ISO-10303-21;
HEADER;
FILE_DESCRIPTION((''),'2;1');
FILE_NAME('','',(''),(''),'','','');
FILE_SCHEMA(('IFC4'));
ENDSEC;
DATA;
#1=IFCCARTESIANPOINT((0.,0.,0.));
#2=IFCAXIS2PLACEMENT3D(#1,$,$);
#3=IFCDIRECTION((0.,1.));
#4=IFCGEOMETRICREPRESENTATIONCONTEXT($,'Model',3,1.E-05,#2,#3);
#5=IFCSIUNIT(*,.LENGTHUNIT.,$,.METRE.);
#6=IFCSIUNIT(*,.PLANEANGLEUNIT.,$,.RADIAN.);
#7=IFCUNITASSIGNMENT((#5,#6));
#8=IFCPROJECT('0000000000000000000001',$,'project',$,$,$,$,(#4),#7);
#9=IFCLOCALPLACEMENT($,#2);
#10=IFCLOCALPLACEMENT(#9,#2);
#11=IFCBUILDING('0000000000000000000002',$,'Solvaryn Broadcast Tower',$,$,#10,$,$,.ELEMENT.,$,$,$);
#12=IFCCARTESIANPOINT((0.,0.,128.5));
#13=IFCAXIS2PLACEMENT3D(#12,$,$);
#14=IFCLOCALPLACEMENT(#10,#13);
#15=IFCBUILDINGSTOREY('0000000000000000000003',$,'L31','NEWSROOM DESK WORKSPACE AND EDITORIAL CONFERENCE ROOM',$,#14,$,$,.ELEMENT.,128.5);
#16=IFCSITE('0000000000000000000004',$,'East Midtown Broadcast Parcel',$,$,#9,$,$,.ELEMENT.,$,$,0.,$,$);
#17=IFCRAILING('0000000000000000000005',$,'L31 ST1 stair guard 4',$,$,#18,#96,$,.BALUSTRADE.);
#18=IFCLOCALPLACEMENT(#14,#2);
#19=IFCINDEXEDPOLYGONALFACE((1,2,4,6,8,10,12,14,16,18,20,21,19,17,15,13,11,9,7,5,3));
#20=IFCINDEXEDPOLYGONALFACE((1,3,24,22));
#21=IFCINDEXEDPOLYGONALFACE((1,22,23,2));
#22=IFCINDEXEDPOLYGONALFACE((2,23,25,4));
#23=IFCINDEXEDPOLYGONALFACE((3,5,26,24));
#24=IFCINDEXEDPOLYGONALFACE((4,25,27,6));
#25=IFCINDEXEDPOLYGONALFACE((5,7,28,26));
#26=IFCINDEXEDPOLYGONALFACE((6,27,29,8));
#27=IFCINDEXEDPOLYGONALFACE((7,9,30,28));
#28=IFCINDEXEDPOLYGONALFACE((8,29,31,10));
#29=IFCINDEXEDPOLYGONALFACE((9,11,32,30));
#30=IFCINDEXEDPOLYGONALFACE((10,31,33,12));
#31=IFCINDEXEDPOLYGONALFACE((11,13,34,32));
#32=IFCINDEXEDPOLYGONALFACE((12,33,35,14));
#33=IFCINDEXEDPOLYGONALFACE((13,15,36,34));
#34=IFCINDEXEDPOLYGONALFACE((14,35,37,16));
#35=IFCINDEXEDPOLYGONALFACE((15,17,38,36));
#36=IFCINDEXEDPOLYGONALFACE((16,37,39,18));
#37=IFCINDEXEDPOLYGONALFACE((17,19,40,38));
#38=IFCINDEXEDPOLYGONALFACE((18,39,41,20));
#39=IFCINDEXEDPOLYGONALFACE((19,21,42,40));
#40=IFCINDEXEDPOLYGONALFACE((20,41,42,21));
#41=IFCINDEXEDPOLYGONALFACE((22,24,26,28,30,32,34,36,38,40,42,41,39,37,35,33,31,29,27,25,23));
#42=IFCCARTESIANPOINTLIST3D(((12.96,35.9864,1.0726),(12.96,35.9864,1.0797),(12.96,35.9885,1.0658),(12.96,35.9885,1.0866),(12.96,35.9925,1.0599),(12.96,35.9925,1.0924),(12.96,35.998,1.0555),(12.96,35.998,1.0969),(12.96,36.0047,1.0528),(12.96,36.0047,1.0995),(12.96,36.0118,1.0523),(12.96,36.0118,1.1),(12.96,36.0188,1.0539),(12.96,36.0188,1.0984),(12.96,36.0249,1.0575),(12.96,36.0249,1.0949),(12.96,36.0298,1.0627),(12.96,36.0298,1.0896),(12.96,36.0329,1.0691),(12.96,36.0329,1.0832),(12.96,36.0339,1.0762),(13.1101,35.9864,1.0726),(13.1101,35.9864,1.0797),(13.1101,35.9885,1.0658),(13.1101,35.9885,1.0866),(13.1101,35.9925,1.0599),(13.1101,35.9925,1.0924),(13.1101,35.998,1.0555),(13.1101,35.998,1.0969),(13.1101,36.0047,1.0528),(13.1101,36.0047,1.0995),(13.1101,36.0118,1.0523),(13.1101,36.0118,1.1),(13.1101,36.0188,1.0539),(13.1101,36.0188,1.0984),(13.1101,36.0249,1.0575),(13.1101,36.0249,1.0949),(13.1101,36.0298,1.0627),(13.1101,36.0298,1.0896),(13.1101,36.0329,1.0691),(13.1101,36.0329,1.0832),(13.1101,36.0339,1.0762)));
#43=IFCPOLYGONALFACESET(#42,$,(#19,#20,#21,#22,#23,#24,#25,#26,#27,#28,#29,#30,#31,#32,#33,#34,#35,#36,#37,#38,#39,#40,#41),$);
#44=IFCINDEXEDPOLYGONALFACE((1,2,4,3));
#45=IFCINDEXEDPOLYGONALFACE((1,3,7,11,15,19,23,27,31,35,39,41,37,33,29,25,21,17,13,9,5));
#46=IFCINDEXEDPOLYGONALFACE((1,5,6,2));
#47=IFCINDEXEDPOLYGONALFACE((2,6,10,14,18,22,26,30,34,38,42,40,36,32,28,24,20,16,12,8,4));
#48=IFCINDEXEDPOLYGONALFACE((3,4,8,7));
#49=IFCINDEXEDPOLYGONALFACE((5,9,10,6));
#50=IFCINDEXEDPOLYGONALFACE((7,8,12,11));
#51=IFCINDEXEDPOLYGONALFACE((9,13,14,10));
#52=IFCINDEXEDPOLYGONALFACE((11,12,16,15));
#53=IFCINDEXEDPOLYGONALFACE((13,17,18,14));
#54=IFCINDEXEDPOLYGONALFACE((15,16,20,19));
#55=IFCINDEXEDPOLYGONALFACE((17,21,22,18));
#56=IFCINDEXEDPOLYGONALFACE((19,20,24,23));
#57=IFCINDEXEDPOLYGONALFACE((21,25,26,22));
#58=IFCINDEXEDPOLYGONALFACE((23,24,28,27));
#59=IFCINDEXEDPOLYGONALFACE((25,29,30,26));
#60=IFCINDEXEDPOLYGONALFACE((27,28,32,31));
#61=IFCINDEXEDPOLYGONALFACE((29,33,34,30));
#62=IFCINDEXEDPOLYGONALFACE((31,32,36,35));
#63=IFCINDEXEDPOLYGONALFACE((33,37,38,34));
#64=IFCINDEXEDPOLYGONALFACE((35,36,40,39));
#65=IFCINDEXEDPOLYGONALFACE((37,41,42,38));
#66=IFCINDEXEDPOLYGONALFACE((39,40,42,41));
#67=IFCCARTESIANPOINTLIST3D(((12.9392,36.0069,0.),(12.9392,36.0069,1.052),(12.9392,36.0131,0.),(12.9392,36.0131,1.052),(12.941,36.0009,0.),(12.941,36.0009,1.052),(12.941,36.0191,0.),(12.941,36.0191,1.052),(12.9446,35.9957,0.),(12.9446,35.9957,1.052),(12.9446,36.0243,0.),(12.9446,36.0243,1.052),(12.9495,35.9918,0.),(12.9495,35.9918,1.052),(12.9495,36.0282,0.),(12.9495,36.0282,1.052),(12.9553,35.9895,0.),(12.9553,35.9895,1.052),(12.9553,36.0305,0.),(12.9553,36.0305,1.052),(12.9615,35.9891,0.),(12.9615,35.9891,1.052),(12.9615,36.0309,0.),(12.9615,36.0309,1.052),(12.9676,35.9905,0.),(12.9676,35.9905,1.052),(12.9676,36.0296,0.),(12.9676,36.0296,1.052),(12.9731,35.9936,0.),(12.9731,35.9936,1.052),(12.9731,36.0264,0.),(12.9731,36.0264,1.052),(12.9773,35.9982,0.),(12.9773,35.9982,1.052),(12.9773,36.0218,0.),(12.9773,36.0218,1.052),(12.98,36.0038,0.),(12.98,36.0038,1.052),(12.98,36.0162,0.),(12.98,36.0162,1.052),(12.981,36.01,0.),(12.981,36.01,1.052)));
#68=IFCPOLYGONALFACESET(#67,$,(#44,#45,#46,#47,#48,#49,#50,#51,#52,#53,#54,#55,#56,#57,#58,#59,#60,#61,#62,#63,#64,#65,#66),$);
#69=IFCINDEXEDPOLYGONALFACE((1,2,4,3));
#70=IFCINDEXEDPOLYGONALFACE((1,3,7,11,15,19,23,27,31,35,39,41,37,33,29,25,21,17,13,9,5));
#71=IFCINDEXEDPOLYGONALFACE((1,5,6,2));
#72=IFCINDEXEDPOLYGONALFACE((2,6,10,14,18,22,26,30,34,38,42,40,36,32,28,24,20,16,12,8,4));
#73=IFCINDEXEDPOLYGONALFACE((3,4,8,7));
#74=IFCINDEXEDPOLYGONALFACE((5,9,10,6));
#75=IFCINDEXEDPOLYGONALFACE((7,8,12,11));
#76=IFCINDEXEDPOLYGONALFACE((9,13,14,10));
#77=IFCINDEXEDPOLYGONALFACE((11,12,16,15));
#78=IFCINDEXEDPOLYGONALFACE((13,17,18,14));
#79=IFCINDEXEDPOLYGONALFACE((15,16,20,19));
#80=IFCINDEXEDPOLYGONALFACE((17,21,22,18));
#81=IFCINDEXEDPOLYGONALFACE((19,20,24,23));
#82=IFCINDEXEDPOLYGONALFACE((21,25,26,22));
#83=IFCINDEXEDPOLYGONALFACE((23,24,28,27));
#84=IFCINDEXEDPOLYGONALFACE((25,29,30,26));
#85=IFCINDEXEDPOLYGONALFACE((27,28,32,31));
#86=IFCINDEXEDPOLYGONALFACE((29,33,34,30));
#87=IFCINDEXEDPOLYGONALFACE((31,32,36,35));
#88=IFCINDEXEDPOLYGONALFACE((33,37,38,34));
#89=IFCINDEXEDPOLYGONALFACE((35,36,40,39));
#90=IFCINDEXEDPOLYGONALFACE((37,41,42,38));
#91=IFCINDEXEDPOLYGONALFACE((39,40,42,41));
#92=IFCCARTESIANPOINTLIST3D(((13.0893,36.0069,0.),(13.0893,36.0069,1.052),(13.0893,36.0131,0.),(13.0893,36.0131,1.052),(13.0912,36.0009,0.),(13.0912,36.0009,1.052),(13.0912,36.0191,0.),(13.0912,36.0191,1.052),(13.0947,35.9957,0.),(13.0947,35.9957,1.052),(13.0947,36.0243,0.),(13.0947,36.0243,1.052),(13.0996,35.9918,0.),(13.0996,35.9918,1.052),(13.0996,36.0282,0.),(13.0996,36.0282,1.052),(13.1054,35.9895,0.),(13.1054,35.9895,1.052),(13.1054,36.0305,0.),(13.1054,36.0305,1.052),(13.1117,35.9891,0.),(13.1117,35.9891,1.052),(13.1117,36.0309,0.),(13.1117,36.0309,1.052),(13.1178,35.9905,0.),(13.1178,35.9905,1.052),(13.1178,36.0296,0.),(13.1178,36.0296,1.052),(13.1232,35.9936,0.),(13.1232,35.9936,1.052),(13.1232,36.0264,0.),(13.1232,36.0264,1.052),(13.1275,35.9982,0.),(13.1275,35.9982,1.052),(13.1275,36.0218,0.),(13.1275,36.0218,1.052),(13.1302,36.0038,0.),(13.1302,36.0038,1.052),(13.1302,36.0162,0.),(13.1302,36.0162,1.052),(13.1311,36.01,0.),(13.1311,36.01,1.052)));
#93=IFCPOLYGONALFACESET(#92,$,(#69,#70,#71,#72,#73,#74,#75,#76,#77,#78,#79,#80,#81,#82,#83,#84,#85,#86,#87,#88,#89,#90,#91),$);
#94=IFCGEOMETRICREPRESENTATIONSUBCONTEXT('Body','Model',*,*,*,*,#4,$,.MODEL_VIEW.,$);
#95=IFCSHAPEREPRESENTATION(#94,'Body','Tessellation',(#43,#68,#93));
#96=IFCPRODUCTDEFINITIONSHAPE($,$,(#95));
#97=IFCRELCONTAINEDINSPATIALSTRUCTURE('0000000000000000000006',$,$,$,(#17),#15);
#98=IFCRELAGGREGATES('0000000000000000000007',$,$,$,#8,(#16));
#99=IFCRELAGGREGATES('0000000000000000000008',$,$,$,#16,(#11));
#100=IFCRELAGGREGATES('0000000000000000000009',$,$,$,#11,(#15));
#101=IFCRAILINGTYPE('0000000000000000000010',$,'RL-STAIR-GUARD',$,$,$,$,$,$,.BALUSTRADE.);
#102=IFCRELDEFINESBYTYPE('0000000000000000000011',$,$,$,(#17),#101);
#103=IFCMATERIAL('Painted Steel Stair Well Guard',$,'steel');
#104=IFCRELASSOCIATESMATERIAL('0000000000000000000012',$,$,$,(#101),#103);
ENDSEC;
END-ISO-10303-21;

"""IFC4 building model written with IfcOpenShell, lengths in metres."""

from ifc_helpers import new_model, si_unit, direction, frame, origin, origin_2d, place, context, subcontext, project, spatial, circle, extrude, material, type_object, element, save


model = new_model("IFC4")

# Units and contexts
model_context = context("Model", 3, precision=1e-05, world=origin(), true_north=direction((0.0, 1.0)))
body_context = subcontext(model_context, "Body", "Model", "MODEL_VIEW")
ifc_project = project(units=[si_unit("LENGTHUNIT", "METRE"), si_unit("PLANEANGLEUNIT", "RADIAN")], contexts=[model_context])

# Site, building, storey
site_placement = place(None, origin())
site = spatial("IfcSite", under=ifc_project, at=site_placement, Name="East Midtown Broadcast Parcel", CompositionType="ELEMENT", RefElevation=0.0)
building_placement = place(site_placement, origin())
building = spatial("IfcBuilding", under=site, at=building_placement, Name="Solvaryn Broadcast Tower", CompositionType="ELEMENT")
storey_placement = place(building_placement, frame((0.0, 0.0, 128.5)))
storey = spatial("IfcBuildingStorey", under=building, at=storey_placement, Name="L31", Description="NEWSROOM DESK WORKSPACE AND EDITORIAL CONFERENCE ROOM", CompositionType="ELEMENT", Elevation=128.5)

# Railing
ifc_material_1 = material(Name="Painted Steel Stair Well Guard", Category="steel")
railing_type_1 = type_object("IfcRailingType", Name="RL-STAIR-GUARD", PredefinedType="BALUSTRADE", material=ifc_material_1)
railing_1_placement = place(storey_placement, frame((12.96, 36.01, 0.0)))
element("IfcRailing", 1, at=railing_1_placement, inside=storey, type_object=railing_type_1, Name="L31 ST1 stair guard 4", PredefinedType="BALUSTRADE", context=body_context, shape_type="SweptSolid", body=[
    extrude(circle(Radius=0.0239, at=origin_2d()), frame((0.0, 0.0, 1.0762), z_axis=(1.0, 0.0, 0.0), x_axis=(0.0, 1.0, 0.0)), (0.0, 0.0, 1.0), 0.1501),
    extrude(circle(Radius=0.021, at=origin_2d()), origin(), (0.0, 0.0, 1.0), 1.052),
    extrude(circle(Radius=0.021, at=origin_2d()), frame((0.1501, 0.0, 0.0)), (0.0, 0.0, 1.0), 1.052),
])

save(model, "model.ifc")
